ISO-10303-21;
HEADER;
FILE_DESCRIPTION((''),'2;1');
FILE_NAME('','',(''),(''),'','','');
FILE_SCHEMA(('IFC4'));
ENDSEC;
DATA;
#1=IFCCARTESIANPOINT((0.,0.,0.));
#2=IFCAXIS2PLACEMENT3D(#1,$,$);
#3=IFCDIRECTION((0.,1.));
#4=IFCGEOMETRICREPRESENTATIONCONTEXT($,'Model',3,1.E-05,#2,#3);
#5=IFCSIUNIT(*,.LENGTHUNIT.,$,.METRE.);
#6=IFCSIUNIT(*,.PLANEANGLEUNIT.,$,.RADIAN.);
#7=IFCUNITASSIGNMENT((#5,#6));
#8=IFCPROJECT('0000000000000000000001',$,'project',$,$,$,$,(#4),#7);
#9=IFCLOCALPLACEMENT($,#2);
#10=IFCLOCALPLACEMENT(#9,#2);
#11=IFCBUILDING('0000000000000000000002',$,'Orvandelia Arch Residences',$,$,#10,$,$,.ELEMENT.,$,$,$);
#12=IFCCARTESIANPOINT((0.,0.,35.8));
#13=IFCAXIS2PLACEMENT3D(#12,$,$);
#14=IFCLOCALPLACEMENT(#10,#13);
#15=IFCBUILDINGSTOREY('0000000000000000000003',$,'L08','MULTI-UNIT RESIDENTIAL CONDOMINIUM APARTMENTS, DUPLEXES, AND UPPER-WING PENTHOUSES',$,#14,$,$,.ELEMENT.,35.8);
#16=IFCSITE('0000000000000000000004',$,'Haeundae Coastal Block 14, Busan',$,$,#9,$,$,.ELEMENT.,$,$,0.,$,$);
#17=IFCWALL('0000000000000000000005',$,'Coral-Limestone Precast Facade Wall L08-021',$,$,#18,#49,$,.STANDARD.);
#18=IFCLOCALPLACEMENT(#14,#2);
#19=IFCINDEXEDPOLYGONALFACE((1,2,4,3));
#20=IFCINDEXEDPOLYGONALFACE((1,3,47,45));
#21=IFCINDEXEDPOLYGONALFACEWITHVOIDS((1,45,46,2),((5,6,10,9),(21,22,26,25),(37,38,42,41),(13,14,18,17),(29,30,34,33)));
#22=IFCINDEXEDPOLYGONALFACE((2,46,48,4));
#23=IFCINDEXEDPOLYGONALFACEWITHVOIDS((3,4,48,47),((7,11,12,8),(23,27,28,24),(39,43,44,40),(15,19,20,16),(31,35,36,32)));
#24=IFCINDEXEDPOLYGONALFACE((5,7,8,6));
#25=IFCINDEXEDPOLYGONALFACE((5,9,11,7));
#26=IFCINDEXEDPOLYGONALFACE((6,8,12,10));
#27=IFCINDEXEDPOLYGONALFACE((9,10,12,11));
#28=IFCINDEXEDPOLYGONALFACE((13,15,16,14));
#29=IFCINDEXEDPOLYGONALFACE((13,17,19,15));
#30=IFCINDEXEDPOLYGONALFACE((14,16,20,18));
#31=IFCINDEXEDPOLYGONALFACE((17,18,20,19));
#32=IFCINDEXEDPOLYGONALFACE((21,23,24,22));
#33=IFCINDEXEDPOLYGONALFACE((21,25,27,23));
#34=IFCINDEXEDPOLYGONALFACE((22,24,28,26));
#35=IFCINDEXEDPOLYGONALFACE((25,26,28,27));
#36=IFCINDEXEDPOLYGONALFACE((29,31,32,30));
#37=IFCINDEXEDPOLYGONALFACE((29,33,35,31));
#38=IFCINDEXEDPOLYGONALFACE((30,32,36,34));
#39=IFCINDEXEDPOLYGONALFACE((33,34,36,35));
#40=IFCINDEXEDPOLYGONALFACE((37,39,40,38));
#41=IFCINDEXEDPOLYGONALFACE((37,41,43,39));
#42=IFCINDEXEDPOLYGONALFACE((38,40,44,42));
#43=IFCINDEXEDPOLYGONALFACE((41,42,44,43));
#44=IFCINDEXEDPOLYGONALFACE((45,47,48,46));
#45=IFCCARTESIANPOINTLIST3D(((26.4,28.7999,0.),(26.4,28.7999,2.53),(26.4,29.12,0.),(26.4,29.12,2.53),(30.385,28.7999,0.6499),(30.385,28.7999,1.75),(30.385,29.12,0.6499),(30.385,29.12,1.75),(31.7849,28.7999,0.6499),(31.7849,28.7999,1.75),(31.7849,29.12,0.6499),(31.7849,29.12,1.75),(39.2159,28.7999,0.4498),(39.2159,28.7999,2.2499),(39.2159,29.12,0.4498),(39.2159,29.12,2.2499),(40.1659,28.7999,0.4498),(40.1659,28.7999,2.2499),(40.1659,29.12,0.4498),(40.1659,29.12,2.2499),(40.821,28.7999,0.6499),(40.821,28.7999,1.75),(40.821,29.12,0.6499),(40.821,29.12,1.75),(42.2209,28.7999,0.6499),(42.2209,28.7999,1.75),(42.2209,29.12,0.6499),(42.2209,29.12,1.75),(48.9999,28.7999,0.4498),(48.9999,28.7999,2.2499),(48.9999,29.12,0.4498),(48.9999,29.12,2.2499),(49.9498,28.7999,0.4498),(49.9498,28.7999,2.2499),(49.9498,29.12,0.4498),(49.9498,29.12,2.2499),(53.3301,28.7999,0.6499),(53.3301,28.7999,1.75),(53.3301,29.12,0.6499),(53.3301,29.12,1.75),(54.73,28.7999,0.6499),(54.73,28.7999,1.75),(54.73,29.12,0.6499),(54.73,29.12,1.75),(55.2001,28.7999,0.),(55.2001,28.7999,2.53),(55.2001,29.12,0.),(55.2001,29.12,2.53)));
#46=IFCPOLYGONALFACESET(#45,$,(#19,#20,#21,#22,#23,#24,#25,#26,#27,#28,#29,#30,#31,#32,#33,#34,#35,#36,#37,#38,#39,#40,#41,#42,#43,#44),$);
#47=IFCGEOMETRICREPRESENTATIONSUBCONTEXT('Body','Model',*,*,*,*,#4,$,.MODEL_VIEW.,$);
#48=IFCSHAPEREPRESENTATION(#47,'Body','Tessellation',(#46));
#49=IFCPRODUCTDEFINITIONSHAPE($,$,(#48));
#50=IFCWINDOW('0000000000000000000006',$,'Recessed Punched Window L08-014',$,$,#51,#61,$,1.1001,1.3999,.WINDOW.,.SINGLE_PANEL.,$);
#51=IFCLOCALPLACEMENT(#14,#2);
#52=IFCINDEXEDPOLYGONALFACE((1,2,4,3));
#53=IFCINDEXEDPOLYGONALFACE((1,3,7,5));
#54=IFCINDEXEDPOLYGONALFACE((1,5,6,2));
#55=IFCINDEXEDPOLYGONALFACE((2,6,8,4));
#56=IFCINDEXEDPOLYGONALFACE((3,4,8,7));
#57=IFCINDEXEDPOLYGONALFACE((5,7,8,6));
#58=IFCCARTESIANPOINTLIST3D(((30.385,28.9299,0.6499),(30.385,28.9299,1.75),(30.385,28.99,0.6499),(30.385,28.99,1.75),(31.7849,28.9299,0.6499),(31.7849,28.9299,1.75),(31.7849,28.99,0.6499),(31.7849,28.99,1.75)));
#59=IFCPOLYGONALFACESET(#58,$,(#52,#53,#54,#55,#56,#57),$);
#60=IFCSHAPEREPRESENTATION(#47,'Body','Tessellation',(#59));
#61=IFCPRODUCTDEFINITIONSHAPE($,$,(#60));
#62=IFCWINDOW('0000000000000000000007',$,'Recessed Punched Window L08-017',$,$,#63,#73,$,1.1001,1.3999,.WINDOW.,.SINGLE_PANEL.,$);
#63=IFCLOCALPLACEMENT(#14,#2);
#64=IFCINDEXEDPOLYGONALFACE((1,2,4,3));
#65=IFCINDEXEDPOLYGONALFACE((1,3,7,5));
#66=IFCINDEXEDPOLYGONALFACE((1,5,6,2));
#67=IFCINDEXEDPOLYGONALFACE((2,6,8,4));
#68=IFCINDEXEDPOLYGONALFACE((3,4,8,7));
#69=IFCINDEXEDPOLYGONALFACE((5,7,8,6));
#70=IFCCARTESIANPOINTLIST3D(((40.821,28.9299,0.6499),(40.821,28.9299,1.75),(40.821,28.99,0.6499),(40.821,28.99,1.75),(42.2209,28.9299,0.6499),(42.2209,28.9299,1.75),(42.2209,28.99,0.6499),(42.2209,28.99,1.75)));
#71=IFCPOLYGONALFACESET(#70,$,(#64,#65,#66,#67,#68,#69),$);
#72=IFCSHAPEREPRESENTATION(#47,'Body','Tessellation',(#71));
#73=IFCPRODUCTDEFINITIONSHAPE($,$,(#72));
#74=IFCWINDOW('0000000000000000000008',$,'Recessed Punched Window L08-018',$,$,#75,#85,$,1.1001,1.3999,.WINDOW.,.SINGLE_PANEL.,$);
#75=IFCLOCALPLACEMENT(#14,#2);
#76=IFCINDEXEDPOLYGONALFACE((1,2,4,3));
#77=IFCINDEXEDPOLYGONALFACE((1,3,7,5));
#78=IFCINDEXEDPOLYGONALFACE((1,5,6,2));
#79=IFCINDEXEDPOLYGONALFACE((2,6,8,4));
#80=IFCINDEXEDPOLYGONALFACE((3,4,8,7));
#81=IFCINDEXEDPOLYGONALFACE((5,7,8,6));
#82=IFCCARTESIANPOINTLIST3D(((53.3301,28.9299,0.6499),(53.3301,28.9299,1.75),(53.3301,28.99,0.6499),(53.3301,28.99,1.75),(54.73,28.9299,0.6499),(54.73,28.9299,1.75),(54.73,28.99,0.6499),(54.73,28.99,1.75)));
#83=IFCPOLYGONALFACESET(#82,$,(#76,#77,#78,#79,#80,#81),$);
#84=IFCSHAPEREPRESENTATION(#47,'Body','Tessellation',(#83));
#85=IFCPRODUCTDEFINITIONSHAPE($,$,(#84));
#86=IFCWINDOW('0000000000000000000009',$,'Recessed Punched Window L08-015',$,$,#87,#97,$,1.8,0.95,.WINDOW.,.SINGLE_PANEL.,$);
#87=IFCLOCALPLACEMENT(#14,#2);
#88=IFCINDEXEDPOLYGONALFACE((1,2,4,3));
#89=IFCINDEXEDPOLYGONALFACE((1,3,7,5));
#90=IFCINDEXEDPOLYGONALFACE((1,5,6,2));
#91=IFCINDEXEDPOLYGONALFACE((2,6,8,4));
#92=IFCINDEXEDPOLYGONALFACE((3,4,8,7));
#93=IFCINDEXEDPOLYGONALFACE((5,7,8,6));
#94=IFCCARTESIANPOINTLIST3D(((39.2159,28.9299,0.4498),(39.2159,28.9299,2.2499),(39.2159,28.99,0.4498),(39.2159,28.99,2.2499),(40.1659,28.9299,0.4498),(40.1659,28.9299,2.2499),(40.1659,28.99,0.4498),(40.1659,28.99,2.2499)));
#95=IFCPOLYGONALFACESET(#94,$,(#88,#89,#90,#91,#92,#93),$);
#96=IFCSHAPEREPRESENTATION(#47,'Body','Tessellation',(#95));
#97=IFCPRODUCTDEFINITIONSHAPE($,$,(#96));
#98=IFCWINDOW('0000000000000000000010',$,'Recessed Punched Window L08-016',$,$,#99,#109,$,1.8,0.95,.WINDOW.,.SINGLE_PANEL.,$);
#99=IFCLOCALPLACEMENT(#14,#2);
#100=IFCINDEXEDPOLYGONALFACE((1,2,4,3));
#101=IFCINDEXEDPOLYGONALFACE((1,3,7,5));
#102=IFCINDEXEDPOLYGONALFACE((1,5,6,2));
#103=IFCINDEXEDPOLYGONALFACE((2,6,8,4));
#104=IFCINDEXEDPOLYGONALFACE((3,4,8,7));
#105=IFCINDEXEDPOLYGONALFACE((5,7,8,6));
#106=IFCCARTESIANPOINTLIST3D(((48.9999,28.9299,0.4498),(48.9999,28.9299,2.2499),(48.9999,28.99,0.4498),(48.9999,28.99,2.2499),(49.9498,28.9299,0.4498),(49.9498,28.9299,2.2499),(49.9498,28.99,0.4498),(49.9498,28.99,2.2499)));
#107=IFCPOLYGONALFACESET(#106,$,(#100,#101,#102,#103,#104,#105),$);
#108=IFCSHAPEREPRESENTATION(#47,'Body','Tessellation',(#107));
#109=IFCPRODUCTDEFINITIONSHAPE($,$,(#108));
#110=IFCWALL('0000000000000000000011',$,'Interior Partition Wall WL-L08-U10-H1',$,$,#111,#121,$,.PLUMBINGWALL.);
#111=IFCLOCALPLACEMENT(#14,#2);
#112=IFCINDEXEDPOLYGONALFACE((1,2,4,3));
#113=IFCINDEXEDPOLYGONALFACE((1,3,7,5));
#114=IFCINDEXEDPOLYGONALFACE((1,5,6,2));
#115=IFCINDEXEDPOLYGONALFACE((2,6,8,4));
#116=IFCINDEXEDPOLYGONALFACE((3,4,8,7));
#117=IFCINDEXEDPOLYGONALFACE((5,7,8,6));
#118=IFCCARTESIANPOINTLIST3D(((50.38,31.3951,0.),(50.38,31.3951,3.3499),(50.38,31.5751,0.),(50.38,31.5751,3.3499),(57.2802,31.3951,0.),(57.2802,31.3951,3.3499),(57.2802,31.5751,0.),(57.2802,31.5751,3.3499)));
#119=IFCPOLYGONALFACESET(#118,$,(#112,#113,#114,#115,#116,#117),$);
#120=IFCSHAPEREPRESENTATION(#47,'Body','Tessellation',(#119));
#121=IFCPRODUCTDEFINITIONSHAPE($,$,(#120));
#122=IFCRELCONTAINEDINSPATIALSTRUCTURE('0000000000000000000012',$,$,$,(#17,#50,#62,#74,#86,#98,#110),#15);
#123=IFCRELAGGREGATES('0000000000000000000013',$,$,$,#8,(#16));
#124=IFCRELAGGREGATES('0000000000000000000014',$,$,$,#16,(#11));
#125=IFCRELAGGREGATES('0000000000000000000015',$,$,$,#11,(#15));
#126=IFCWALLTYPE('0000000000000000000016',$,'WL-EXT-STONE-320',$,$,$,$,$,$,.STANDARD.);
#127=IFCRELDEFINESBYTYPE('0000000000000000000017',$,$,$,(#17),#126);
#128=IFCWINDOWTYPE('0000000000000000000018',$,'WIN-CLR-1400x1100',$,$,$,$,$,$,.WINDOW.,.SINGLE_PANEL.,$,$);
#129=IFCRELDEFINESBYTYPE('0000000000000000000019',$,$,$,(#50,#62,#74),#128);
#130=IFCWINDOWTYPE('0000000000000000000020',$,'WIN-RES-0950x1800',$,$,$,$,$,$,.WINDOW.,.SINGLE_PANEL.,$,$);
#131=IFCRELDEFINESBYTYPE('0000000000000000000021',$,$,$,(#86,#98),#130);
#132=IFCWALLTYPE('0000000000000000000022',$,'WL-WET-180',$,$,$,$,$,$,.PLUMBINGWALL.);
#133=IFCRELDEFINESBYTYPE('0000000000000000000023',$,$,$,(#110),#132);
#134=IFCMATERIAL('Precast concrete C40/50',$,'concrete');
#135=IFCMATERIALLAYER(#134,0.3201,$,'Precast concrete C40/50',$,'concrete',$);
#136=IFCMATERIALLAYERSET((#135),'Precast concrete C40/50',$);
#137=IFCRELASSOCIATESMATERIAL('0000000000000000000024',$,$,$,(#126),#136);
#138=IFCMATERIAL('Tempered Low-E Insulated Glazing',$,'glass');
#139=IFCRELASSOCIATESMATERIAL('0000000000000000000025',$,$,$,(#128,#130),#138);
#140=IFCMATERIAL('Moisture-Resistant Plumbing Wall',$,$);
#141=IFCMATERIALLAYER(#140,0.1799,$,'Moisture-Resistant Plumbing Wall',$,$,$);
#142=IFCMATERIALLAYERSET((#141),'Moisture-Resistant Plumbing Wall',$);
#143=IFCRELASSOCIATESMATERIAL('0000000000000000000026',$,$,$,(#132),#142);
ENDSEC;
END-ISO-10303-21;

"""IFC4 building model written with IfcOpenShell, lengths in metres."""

from ifc_helpers import new_model, si_unit, direction, frame, frame_2d, origin, place, context, subcontext, project, spatial, rectangle, extrude, material, layer, layer_set, type_object, element, fill, save


model = new_model("IFC4")

# Units and contexts
model_context = context("Model", 3, precision=1e-05, world=origin(), true_north=direction((0.0, 1.0)))
body_context = subcontext(model_context, "Body", "Model", "MODEL_VIEW")
ifc_project = project(units=[si_unit("LENGTHUNIT", "METRE"), si_unit("PLANEANGLEUNIT", "RADIAN")], contexts=[model_context])

# Site, building, storey
site_placement = place(None, origin())
site = spatial("IfcSite", under=ifc_project, at=site_placement, Name="Haeundae Coastal Block 14, Busan", CompositionType="ELEMENT", RefElevation=0.0)
building_placement = place(site_placement, origin())
building = spatial("IfcBuilding", under=site, at=building_placement, Name="Orvandelia Arch Residences", CompositionType="ELEMENT")
storey_placement = place(building_placement, frame((0.0, 0.0, 35.8)))
storey = spatial("IfcBuildingStorey", under=building, at=storey_placement, Name="L08", Description="MULTI-UNIT RESIDENTIAL CONDOMINIUM APARTMENTS, DUPLEXES, AND UPPER-WING PENTHOUSES", CompositionType="ELEMENT", Elevation=35.8)

# Shared definitions
ifc_material_1 = material(Name="Precast concrete C40/50", Category="concrete")
ifc_layer_1 = layer(ifc_material_1, 0.3201, Name="Precast concrete C40/50", Category="concrete")
ifc_layer_set_1 = layer_set([ifc_layer_1], Name="Precast concrete C40/50")
wall_type_1 = type_object("IfcWallType", Name="WL-EXT-STONE-320", PredefinedType="STANDARD", material=ifc_layer_set_1)

# Wall, openings, windows
wall_1_placement = place(storey_placement, frame((55.2, 28.96, 0.0), z_axis=(0.0, 0.0, 1.0), x_axis=(-1.0, 0.0, 0.0)))
wall_1 = element("IfcWall", 1, at=wall_1_placement, inside=storey, type_object=wall_type_1, Name="Coral-Limestone Precast Facade Wall L08-021", PredefinedType="STANDARD", context=body_context, shape_type="SweptSolid", body=[
    extrude(rectangle(XDim=28.8, YDim=0.3201, at=frame_2d((14.3999, 0.0))), origin(), (0.0, 0.0, 1.0), 2.53),
])
opening_1_placement = place(wall_1_placement, frame((23.415, 0.0, 0.6499)))
opening_1 = element("IfcOpeningElement", 2, at=opening_1_placement, cuts=wall_1, PredefinedType="OPENING", context=body_context, shape_type="SweptSolid", body=[
    extrude(rectangle(XDim=1.3999, YDim=1.1001, at=frame_2d((0.7, 0.55))), frame((0.0, 0.1699, 0.0), z_axis=(0.0, -1.0, 0.0), x_axis=(1.0, 0.0, 0.0)), (0.0, 0.0, 1.0), 0.3401),
])
opening_2_placement = place(wall_1_placement, frame((15.0339, 0.0, 0.45)))
opening_2 = element("IfcOpeningElement", 3, at=opening_2_placement, cuts=wall_1, PredefinedType="OPENING", context=body_context, shape_type="SweptSolid", body=[
    extrude(rectangle(XDim=0.95, YDim=1.8, at=frame_2d((0.4751, 0.8999))), frame((0.0, 0.1699, 0.0), z_axis=(0.0, -1.0, 0.0), x_axis=(1.0, 0.0, 0.0)), (0.0, 0.0, 1.0), 0.3401),
])
opening_3_placement = place(wall_1_placement, frame((5.25, 0.0, 0.45)))
opening_3 = element("IfcOpeningElement", 4, at=opening_3_placement, cuts=wall_1, PredefinedType="OPENING", context=body_context, shape_type="SweptSolid", body=[
    extrude(rectangle(XDim=0.95, YDim=1.8, at=frame_2d((0.4751, 0.8999))), frame((0.0, 0.1699, 0.0), z_axis=(0.0, -1.0, 0.0), x_axis=(1.0, 0.0, 0.0)), (0.0, 0.0, 1.0), 0.3401),
])
opening_4_placement = place(wall_1_placement, frame((12.979, 0.0, 0.6499)))
opening_4 = element("IfcOpeningElement", 5, at=opening_4_placement, cuts=wall_1, PredefinedType="OPENING", context=body_context, shape_type="SweptSolid", body=[
    extrude(rectangle(XDim=1.3999, YDim=1.1001, at=frame_2d((0.7, 0.55))), frame((0.0, 0.1699, 0.0), z_axis=(0.0, -1.0, 0.0), x_axis=(1.0, 0.0, 0.0)), (0.0, 0.0, 1.0), 0.3401),
])
opening_5_placement = place(wall_1_placement, frame((0.47, 0.0, 0.6499)))
opening_5 = element("IfcOpeningElement", 6, at=opening_5_placement, cuts=wall_1, PredefinedType="OPENING", context=body_context, shape_type="SweptSolid", body=[
    extrude(rectangle(XDim=1.3999, YDim=1.1001, at=frame_2d((0.7, 0.55))), frame((0.0, 0.1699, 0.0), z_axis=(0.0, -1.0, 0.0), x_axis=(1.0, 0.0, 0.0)), (0.0, 0.0, 1.0), 0.3401),
])
ifc_material_2 = material(Name="Tempered Low-E Insulated Glazing", Category="glass")
window_type_1 = type_object("IfcWindowType", Name="WIN-CLR-1400x1100", PartitioningType="SINGLE_PANEL", PredefinedType="WINDOW", material=ifc_material_2)
window_1_placement = place(opening_1_placement, origin())
window_1 = element("IfcWindow", 7, at=window_1_placement, inside=storey, type_object=window_type_1, Name="Recessed Punched Window L08-014", OverallHeight=1.1001, OverallWidth=1.3999, PartitioningType="SINGLE_PANEL", PredefinedType="WINDOW", context=body_context, shape_type="SweptSolid", body=[
    extrude(rectangle(XDim=1.3999, YDim=1.1001, at=frame_2d((0.7, 0.55))), frame((0.0, 0.03, 0.0), z_axis=(0.0, -1.0, 0.0), x_axis=(1.0, 0.0, 0.0)), (0.0, 0.0, 1.0), 0.0601),
])
fill(opening_1, window_1)
window_2_placement = place(opening_4_placement, origin())
window_2 = element("IfcWindow", 8, at=window_2_placement, inside=storey, type_object=window_type_1, Name="Recessed Punched Window L08-017", OverallHeight=1.1001, OverallWidth=1.3999, PartitioningType="SINGLE_PANEL", PredefinedType="WINDOW", context=body_context, shape_type="SweptSolid", body=[
    extrude(rectangle(XDim=1.3999, YDim=1.1001, at=frame_2d((0.7, 0.55))), frame((0.0, 0.03, 0.0), z_axis=(0.0, -1.0, 0.0), x_axis=(1.0, 0.0, 0.0)), (0.0, 0.0, 1.0), 0.0601),
])
fill(opening_4, window_2)
window_3_placement = place(opening_5_placement, origin())
window_3 = element("IfcWindow", 9, at=window_3_placement, inside=storey, type_object=window_type_1, Name="Recessed Punched Window L08-018", OverallHeight=1.1001, OverallWidth=1.3999, PartitioningType="SINGLE_PANEL", PredefinedType="WINDOW", context=body_context, shape_type="SweptSolid", body=[
    extrude(rectangle(XDim=1.3999, YDim=1.1001, at=frame_2d((0.7, 0.55))), frame((0.0, 0.03, 0.0), z_axis=(0.0, -1.0, 0.0), x_axis=(1.0, 0.0, 0.0)), (0.0, 0.0, 1.0), 0.0601),
])
fill(opening_5, window_3)
window_type_2 = type_object("IfcWindowType", Name="WIN-RES-0950x1800", PartitioningType="SINGLE_PANEL", PredefinedType="WINDOW", material=ifc_material_2)
window_4_placement = place(opening_2_placement, origin())
window_4 = element("IfcWindow", 10, at=window_4_placement, inside=storey, type_object=window_type_2, Name="Recessed Punched Window L08-015", OverallHeight=1.8, OverallWidth=0.95, PartitioningType="SINGLE_PANEL", PredefinedType="WINDOW", context=body_context, shape_type="SweptSolid", body=[
    extrude(rectangle(XDim=0.95, YDim=1.8, at=frame_2d((0.4751, 0.8999))), frame((0.0, 0.03, 0.0), z_axis=(0.0, -1.0, 0.0), x_axis=(1.0, 0.0, 0.0)), (0.0, 0.0, 1.0), 0.0601),
])
fill(opening_2, window_4)
window_5_placement = place(opening_3_placement, origin())
window_5 = element("IfcWindow", 11, at=window_5_placement, inside=storey, type_object=window_type_2, Name="Recessed Punched Window L08-016", OverallHeight=1.8, OverallWidth=0.95, PartitioningType="SINGLE_PANEL", PredefinedType="WINDOW", context=body_context, shape_type="SweptSolid", body=[
    extrude(rectangle(XDim=0.95, YDim=1.8, at=frame_2d((0.4751, 0.8999))), frame((0.0, 0.03, 0.0), z_axis=(0.0, -1.0, 0.0), x_axis=(1.0, 0.0, 0.0)), (0.0, 0.0, 1.0), 0.0601),
])
fill(opening_3, window_5)

# Wall
ifc_material_3 = material(Name="Moisture-Resistant Plumbing Wall")
ifc_layer_2 = layer(ifc_material_3, 0.1799, Name="Moisture-Resistant Plumbing Wall")
ifc_layer_set_2 = layer_set([ifc_layer_2], Name="Moisture-Resistant Plumbing Wall")
wall_type_2 = type_object("IfcWallType", Name="WL-WET-180", PredefinedType="PLUMBINGWALL", material=ifc_layer_set_2)
wall_2_placement = place(storey_placement, frame((50.3799, 31.4851, 0.0), z_axis=(0.0, 0.0, 1.0), x_axis=(1.0, 0.0, 0.0)))
element("IfcWall", 12, at=wall_2_placement, inside=storey, type_object=wall_type_2, Name="Interior Partition Wall WL-L08-U10-H1", PredefinedType="PLUMBINGWALL", context=body_context, shape_type="SweptSolid", body=[
    extrude(rectangle(XDim=6.9001, YDim=0.1799, at=frame_2d((3.4502, 0.0))), origin(), (0.0, 0.0, 1.0), 3.3499),
])

save(model, "model.ifc")
